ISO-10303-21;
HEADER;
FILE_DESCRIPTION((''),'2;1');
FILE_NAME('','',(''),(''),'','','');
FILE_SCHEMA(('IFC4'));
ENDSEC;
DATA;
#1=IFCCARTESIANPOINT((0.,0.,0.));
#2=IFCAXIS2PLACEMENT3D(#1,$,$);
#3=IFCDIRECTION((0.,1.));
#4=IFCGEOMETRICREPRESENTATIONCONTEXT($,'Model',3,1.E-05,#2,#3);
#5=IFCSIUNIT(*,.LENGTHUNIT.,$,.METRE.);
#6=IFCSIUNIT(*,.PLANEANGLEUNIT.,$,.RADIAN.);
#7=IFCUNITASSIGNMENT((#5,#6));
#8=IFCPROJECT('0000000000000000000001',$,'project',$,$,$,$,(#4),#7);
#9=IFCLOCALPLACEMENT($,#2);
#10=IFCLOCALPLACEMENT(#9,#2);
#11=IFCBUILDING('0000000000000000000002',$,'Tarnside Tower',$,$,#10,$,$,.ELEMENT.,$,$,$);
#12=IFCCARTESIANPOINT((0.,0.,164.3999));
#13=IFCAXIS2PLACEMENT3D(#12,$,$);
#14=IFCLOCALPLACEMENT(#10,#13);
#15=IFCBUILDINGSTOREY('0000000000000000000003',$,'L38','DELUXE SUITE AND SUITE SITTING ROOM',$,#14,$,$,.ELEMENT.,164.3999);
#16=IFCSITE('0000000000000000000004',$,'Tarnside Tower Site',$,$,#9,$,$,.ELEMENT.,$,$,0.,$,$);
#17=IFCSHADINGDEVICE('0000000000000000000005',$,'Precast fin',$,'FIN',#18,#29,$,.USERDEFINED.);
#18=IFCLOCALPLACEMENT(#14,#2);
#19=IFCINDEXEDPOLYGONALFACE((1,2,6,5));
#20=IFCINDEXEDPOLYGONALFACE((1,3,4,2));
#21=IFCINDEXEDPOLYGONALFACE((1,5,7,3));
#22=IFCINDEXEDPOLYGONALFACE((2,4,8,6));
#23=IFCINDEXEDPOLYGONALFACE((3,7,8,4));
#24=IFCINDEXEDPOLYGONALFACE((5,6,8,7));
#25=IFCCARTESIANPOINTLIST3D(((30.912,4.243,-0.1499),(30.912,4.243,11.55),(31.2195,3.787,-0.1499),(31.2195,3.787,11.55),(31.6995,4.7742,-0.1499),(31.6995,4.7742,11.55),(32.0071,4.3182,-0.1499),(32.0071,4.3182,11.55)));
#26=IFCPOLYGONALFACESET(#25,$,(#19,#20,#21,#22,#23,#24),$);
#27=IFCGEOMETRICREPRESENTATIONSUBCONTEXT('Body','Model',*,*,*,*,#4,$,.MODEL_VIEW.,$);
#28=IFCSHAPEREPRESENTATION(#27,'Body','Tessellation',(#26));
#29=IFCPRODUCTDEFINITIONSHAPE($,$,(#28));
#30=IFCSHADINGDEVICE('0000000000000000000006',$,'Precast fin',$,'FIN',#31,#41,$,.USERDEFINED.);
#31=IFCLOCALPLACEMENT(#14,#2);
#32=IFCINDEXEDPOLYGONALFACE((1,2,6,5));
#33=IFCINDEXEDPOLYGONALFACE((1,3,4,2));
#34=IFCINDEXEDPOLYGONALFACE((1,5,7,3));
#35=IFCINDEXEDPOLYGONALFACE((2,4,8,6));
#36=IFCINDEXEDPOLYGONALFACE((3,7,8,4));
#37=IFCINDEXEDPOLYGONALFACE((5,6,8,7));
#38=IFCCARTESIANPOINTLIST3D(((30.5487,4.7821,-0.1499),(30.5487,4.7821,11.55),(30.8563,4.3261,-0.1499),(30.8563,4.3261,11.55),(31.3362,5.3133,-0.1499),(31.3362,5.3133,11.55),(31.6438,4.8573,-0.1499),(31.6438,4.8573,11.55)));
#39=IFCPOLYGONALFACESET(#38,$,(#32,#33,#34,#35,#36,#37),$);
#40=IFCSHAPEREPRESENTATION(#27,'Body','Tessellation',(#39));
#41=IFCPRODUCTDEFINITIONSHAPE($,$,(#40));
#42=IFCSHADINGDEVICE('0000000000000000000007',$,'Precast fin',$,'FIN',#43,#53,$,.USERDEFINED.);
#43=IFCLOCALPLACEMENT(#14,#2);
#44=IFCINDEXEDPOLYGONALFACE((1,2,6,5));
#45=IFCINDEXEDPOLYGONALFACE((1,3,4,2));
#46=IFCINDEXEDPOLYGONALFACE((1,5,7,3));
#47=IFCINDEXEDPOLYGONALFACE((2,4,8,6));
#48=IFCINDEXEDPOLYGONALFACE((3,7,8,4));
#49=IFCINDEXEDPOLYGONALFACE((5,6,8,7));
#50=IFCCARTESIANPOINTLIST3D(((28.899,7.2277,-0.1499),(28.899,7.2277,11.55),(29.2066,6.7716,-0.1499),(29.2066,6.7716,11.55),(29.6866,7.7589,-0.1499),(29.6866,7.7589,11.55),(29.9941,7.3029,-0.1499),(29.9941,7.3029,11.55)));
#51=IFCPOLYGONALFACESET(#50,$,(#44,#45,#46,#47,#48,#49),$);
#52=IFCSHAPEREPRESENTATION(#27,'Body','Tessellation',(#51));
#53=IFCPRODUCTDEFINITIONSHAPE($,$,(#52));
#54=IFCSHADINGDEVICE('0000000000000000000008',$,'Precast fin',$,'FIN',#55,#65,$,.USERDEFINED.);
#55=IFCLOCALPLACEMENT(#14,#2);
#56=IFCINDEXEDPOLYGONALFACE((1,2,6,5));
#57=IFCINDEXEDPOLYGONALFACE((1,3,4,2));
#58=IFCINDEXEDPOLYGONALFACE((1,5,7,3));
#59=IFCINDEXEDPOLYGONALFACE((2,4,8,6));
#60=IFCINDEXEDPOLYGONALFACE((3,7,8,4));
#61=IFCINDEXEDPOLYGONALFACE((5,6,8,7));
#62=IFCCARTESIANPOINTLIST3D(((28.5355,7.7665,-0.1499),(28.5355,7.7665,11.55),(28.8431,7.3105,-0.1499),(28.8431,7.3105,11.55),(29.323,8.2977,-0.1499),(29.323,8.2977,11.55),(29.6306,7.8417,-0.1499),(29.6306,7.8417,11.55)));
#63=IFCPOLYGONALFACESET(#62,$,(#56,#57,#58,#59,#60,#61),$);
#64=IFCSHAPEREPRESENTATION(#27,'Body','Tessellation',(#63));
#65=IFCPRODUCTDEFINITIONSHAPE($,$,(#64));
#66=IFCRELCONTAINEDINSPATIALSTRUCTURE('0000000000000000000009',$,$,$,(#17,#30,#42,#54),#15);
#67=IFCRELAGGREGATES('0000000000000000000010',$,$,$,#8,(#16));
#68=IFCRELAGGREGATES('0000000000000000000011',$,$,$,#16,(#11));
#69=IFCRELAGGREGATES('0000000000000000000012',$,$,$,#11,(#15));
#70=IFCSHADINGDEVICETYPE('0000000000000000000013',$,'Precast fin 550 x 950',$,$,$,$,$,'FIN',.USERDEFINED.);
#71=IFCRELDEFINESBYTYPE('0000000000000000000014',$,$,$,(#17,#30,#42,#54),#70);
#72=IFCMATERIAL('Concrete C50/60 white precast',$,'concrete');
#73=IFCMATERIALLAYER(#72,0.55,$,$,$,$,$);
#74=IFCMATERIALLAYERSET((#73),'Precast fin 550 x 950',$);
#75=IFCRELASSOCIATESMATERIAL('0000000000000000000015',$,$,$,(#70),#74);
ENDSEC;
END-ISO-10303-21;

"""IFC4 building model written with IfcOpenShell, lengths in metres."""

from ifc_helpers import new_model, si_unit, direction, frame, origin, place, context, subcontext, project, spatial, polyline, outline, extrude, material, layer, layer_set, type_object, element, save


model = new_model("IFC4")

# Units and contexts
model_context = context("Model", 3, precision=1e-05, world=origin(), true_north=direction((0.0, 1.0)))
body_context = subcontext(model_context, "Body", "Model", "MODEL_VIEW")
ifc_project = project(units=[si_unit("LENGTHUNIT", "METRE"), si_unit("PLANEANGLEUNIT", "RADIAN")], contexts=[model_context])

# Site, building, storey
site_placement = place(None, origin())
site = spatial("IfcSite", under=ifc_project, at=site_placement, Name="Tarnside Tower Site", CompositionType="ELEMENT", RefElevation=0.0)
building_placement = place(site_placement, origin())
building = spatial("IfcBuilding", under=site, at=building_placement, Name="Tarnside Tower", CompositionType="ELEMENT")
storey_placement = place(building_placement, frame((0.0, 0.0, 164.3999)))
storey = spatial("IfcBuildingStorey", under=building, at=storey_placement, Name="L38", Description="DELUXE SUITE AND SUITE SITTING ROOM", CompositionType="ELEMENT", Elevation=164.3999)

# Shading devices
ifc_material_1 = material(Name="Concrete C50/60 white precast", Category="concrete")
ifc_layer_1 = layer(ifc_material_1, 0.55)
ifc_layer_set_1 = layer_set([ifc_layer_1], Name="Precast fin 550 x 950")
shading_device_type_1 = type_object("IfcShadingDeviceType", Name="Precast fin 550 x 950", ElementType="FIN", PredefinedType="USERDEFINED", material=ifc_layer_set_1)
for number, where, z_axis, x_axis, name in (
    (1, (31.0657, 4.0151, -0.1499), (0.559193, -0.829038, 0.0), (0.829038, 0.559193, 0.0), "Precast fin"),
    (2, (30.7024, 4.5542, -0.1499), (0.559193, -0.829038, 0.0), (0.829038, 0.559193, 0.0), "Precast fin"),
    (3, (29.0527, 6.9998, -0.1499), (0.559193, -0.829038, 0.0), (0.829038, 0.559193, 0.0), "Precast fin"),
    (4, (28.6892, 7.5386, -0.1499), (0.559193, -0.829038, 0.0), (0.829038, 0.559193, 0.0), "Precast fin"),
):
    element("IfcShadingDevice", number, at=place(storey_placement, frame(where, z_axis=z_axis, x_axis=x_axis)), inside=storey, type_object=shading_device_type_1, Name=name, ObjectType="FIN", PredefinedType="USERDEFINED", context=body_context, shape_type="SweptSolid", body=[
        extrude(outline(polyline([(0.0, 0.0), (0.95, 0.0), (0.95, 11.7), (0.0, 11.7), (0.0, 0.0)])), frame((0.0, 0.0, -0.2749)), (0.0, 0.0, 1.0), 0.55),
    ])

save(model, "model.ifc")
